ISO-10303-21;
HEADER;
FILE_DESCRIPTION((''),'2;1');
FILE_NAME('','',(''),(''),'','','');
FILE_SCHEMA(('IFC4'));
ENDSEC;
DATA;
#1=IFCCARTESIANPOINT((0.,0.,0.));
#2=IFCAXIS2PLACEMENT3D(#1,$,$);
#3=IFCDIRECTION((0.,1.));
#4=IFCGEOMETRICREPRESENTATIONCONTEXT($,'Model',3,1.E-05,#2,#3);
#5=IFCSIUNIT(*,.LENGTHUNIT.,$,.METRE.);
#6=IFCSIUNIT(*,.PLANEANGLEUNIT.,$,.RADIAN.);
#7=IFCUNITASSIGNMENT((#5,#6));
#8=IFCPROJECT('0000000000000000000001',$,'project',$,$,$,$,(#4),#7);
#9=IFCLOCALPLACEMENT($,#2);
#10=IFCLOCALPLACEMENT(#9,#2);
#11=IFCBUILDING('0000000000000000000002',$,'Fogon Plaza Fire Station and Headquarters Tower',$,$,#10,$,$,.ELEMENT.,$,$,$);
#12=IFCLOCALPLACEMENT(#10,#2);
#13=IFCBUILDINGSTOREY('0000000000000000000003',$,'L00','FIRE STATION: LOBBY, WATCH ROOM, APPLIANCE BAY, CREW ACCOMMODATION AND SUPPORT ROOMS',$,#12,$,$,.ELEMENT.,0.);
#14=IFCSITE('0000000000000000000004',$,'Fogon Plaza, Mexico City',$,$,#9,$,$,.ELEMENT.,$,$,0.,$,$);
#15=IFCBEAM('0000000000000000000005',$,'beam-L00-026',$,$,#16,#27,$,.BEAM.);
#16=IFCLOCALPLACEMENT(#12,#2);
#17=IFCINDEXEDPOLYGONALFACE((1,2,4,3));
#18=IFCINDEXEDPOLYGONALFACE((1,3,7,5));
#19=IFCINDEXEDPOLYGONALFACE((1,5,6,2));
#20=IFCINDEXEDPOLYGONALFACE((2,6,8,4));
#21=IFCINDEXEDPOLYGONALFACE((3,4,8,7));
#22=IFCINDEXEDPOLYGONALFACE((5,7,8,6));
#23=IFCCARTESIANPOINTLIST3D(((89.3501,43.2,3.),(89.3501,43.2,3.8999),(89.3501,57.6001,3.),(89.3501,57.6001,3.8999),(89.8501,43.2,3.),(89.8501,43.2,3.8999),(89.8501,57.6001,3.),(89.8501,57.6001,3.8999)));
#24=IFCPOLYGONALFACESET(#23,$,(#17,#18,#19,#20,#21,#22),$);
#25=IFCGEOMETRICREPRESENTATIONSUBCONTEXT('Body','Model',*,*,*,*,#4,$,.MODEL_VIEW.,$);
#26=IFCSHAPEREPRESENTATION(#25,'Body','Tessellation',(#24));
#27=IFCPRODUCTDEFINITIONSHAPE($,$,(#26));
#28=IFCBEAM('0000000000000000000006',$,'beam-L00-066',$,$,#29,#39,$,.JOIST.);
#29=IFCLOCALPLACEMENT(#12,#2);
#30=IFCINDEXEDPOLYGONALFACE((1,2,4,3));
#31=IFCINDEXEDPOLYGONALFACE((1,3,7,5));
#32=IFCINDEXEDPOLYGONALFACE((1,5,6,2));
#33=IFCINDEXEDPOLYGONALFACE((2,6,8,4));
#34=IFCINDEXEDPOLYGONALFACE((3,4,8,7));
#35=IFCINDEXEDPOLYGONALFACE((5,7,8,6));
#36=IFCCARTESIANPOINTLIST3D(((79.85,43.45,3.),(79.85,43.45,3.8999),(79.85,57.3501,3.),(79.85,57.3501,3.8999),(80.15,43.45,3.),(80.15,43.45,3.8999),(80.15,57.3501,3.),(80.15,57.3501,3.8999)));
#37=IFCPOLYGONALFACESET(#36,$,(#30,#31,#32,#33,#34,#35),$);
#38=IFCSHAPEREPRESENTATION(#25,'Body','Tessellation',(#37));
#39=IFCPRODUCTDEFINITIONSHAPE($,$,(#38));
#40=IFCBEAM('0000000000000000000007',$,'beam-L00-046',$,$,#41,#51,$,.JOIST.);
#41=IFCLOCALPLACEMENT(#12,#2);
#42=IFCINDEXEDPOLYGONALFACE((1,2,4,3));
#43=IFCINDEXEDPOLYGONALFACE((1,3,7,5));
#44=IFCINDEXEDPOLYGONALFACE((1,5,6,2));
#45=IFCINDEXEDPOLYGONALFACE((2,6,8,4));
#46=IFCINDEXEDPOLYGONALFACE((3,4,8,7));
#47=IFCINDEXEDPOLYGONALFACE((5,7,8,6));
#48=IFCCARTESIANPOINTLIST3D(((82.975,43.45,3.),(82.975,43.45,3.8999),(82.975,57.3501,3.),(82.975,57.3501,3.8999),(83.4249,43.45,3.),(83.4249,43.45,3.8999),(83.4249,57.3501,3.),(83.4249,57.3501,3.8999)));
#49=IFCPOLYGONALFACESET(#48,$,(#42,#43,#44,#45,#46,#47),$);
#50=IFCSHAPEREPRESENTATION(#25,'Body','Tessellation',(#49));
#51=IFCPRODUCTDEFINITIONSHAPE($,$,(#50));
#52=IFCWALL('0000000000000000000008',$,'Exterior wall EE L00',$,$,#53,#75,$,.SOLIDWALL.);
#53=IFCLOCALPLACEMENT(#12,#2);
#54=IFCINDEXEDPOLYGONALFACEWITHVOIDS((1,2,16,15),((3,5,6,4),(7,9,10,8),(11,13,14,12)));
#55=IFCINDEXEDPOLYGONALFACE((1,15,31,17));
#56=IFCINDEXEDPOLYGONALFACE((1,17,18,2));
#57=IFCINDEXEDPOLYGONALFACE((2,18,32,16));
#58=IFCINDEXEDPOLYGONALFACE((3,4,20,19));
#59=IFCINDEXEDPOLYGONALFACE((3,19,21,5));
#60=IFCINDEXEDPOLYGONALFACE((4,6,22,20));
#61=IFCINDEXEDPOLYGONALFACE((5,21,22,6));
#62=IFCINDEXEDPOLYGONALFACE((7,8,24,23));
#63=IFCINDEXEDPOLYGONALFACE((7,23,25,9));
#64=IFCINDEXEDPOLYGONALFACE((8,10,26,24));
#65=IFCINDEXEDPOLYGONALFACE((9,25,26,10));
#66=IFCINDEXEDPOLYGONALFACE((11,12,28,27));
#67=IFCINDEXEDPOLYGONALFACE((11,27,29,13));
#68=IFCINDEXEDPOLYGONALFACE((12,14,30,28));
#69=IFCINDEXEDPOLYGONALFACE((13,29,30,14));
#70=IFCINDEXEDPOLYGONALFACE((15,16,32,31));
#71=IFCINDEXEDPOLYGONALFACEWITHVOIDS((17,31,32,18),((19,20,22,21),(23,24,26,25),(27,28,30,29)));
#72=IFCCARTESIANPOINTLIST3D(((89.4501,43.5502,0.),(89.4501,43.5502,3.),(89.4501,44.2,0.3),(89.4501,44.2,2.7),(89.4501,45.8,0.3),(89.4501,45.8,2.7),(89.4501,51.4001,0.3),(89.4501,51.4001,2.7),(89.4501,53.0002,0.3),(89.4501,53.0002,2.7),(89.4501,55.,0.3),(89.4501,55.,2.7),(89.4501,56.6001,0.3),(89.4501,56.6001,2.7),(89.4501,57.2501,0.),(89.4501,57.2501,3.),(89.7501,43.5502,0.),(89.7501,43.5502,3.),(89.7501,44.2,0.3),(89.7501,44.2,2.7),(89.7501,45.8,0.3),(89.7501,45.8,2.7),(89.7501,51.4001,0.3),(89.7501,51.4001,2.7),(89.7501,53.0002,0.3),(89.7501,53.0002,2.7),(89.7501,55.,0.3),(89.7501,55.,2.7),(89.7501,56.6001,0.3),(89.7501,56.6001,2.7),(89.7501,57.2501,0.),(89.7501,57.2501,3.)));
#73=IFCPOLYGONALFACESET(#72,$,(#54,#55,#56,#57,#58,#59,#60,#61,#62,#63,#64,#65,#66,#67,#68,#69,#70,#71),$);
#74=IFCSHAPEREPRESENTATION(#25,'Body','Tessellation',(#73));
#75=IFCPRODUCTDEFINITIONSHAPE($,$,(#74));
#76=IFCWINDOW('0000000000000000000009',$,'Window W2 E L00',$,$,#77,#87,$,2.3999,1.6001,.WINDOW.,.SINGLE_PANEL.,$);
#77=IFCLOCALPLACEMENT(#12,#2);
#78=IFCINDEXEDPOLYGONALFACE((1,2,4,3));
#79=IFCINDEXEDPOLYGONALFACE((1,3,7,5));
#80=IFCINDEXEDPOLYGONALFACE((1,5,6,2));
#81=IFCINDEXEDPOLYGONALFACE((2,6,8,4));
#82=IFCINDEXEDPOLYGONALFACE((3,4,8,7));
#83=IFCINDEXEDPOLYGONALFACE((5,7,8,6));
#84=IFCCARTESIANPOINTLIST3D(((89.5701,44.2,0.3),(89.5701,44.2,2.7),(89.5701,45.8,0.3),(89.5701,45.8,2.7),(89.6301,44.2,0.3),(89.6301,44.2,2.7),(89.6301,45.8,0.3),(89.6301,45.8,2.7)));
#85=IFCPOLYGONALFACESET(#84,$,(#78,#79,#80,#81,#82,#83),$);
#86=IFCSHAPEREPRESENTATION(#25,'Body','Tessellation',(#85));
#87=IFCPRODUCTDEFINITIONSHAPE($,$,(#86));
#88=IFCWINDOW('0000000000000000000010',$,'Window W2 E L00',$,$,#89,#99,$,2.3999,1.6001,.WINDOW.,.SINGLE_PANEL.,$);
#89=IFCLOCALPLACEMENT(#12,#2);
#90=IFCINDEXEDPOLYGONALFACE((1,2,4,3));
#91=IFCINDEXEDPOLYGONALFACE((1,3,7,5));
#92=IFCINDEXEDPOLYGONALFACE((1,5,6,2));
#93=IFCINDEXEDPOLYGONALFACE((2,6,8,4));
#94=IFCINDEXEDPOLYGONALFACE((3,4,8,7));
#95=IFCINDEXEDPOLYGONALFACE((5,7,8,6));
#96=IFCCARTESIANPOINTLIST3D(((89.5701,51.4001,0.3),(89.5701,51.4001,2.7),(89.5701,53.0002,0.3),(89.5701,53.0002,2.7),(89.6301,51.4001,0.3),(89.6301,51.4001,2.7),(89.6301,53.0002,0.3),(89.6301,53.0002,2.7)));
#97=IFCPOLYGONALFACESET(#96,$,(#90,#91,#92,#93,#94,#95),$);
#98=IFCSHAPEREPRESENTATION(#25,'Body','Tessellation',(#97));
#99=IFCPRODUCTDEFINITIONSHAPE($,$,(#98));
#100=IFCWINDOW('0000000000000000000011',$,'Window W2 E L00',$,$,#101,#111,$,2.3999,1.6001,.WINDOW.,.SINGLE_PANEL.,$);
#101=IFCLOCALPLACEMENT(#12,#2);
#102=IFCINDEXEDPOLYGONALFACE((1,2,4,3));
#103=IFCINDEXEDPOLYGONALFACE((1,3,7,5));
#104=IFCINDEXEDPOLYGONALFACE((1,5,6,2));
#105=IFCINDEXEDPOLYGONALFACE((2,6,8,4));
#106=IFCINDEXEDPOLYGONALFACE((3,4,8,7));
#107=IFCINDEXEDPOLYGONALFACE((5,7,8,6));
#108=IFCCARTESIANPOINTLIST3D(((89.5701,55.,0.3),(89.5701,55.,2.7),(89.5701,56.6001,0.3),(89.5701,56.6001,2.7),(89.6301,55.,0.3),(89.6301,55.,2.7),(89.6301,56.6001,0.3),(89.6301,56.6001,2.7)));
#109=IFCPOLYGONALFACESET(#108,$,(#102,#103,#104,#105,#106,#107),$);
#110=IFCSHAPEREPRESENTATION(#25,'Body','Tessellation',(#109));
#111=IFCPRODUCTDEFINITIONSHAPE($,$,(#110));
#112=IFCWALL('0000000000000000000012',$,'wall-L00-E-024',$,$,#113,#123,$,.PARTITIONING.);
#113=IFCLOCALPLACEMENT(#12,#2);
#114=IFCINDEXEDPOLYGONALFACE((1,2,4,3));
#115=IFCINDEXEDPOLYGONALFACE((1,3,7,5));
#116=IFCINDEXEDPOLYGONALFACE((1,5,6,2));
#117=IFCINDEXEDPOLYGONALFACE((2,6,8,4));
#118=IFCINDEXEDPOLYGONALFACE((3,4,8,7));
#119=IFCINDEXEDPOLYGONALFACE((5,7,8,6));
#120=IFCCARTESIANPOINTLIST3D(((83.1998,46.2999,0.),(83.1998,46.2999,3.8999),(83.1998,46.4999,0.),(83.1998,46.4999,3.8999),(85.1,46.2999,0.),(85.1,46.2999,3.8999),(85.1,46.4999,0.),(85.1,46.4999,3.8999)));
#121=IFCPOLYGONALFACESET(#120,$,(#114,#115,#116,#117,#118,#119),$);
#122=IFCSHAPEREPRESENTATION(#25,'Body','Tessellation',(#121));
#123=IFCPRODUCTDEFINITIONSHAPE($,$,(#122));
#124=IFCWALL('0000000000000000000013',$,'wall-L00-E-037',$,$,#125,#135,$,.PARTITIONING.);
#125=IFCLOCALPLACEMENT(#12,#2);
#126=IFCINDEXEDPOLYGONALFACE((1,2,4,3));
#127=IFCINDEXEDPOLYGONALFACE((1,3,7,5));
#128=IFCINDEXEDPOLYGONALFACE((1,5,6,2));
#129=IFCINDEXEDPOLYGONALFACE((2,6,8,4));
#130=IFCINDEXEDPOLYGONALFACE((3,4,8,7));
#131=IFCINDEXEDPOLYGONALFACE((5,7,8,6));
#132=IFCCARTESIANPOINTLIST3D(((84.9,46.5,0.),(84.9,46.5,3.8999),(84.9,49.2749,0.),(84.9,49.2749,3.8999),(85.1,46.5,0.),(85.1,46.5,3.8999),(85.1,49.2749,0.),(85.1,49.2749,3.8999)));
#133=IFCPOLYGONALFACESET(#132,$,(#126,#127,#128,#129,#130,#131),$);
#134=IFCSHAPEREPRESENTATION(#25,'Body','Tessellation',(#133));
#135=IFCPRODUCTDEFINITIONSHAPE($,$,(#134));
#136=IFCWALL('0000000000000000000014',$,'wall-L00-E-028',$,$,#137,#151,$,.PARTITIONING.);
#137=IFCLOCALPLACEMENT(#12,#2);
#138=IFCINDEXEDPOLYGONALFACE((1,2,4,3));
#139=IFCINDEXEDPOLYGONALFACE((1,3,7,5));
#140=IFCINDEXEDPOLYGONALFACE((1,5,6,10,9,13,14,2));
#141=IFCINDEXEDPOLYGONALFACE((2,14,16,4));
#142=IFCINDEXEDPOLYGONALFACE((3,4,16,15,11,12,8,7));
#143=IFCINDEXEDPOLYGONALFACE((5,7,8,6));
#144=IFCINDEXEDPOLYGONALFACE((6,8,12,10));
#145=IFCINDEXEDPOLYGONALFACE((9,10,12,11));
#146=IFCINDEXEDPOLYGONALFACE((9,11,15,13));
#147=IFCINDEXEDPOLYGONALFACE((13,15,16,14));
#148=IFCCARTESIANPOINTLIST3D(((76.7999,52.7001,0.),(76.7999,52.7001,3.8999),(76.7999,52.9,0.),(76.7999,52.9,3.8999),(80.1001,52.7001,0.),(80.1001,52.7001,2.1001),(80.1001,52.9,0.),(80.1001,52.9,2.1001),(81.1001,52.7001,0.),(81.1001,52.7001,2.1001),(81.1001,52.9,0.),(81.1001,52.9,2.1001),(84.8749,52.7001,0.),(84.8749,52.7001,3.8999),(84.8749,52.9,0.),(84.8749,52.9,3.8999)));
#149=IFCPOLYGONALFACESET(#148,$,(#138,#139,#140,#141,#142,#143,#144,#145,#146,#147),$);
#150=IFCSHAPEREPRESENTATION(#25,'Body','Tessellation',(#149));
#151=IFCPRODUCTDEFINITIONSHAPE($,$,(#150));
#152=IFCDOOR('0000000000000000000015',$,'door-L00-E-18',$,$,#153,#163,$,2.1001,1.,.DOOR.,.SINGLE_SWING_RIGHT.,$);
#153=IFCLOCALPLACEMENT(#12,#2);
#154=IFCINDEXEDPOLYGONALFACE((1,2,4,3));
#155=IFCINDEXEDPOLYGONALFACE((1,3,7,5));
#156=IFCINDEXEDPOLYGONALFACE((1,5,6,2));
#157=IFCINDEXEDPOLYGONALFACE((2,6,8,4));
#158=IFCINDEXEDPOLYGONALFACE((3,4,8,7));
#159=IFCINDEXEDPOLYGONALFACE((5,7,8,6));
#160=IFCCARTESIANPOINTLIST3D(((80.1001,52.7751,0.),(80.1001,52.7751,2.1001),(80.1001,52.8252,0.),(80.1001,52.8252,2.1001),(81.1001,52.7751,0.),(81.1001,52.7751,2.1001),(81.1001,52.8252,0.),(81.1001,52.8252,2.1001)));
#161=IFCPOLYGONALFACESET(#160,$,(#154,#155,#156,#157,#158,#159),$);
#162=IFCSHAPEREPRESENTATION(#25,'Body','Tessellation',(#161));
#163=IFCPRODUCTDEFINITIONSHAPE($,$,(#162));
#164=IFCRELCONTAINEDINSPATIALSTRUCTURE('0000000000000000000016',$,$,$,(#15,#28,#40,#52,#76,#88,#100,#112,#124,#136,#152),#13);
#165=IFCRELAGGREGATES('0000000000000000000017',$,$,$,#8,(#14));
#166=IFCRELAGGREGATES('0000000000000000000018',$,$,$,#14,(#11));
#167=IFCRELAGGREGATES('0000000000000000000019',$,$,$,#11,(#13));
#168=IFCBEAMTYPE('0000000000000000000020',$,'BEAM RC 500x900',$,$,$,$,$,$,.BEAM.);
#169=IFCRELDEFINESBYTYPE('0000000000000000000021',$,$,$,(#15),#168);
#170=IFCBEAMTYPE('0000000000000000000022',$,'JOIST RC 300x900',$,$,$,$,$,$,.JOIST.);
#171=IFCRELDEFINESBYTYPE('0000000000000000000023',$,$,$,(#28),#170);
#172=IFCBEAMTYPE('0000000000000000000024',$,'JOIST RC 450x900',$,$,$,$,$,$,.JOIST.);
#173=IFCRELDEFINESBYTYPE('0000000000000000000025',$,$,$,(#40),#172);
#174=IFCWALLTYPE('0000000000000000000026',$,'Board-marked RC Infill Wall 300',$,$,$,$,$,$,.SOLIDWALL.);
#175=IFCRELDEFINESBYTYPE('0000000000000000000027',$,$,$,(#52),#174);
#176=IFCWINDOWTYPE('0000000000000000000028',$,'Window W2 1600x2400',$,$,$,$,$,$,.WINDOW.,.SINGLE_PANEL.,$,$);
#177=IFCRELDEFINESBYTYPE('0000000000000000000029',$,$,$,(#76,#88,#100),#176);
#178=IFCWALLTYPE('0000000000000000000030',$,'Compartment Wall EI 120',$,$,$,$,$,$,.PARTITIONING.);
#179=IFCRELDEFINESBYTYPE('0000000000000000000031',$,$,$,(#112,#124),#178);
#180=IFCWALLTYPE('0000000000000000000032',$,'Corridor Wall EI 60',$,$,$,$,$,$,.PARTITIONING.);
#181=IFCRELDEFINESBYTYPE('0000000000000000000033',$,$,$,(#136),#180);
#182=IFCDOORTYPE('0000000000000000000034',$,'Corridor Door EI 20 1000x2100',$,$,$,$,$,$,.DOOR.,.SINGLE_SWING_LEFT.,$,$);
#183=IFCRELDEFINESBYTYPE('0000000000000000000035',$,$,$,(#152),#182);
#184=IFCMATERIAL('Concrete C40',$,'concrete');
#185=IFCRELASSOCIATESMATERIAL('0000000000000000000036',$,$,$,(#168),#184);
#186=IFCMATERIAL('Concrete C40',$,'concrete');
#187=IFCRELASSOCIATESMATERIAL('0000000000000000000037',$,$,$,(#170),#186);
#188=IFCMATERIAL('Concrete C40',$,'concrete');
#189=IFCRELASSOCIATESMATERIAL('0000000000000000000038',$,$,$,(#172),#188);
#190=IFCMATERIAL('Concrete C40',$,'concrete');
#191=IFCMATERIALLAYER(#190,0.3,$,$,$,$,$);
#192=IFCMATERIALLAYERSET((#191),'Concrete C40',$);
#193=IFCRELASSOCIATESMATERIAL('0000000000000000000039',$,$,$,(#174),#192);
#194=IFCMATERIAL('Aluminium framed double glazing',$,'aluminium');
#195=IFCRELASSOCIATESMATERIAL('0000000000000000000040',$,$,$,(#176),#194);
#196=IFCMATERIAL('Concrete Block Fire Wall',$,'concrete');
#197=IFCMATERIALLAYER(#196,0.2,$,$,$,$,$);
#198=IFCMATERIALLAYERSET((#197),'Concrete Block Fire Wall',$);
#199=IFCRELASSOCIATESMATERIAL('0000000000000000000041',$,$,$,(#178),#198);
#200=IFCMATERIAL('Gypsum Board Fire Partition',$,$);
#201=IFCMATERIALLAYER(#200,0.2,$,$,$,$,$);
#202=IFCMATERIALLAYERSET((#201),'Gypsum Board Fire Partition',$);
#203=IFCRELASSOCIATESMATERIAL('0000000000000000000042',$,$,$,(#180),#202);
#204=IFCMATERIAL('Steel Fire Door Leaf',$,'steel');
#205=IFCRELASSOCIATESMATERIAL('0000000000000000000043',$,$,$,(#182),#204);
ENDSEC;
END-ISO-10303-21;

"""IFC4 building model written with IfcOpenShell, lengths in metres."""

from ifc_helpers import new_model, si_unit, direction, frame, frame_2d, origin, origin_2d, place, context, subcontext, project, spatial, rectangle, extrude, material, layer, layer_set, material_profile, profile_set, type_object, element, fill, save


model = new_model("IFC4")

# Units and contexts
model_context = context("Model", 3, precision=1e-05, world=origin(), true_north=direction((0.0, 1.0)))
body_context = subcontext(model_context, "Body", "Model", "MODEL_VIEW")
ifc_project = project(units=[si_unit("LENGTHUNIT", "METRE"), si_unit("PLANEANGLEUNIT", "RADIAN")], contexts=[model_context])

# Site, building, storey
site_placement = place(None, origin())
site = spatial("IfcSite", under=ifc_project, at=site_placement, Name="Fogon Plaza, Mexico City", CompositionType="ELEMENT", RefElevation=0.0)
building_placement = place(site_placement, origin())
building = spatial("IfcBuilding", under=site, at=building_placement, Name="Fogon Plaza Fire Station and Headquarters Tower", CompositionType="ELEMENT")
storey_placement = place(building_placement, origin())
storey = spatial("IfcBuildingStorey", under=building, at=storey_placement, Name="L00", Description="FIRE STATION: LOBBY, WATCH ROOM, APPLIANCE BAY, CREW ACCOMMODATION AND SUPPORT ROOMS", CompositionType="ELEMENT", Elevation=0.0)

# Beams
ifc_material_1 = material(Name="Concrete C40", Category="concrete")
ifc_material_profile_1 = material_profile(ifc_material_1, rectangle(XDim=0.5, YDim=0.8999, at=origin_2d()), Name="RC 500x900")
ifc_profile_set_1 = profile_set([ifc_material_profile_1], Name="Concrete C40")
beam_type_1 = type_object("IfcBeamType", Name="BEAM RC 500x900", PredefinedType="BEAM", material=ifc_profile_set_1)
beam_1_placement = place(storey_placement, frame((89.6001, 43.2, 3.45), z_axis=(0.0, 1.0, 0.0), x_axis=(-1.0, 0.0, 0.0)))
element("IfcBeam", 1, at=beam_1_placement, inside=storey, type_object=beam_type_1, Name="beam-L00-026", PredefinedType="BEAM", context=body_context, shape_type="SweptSolid", body=[
    extrude(rectangle(XDim=0.5, YDim=0.8999, at=origin_2d()), origin(), (0.0, 0.0, 1.0), 14.4001),
])
ifc_material_2 = material(Name="Concrete C40", Category="concrete")
ifc_material_profile_2 = material_profile(ifc_material_2, rectangle(XDim=0.3, YDim=0.8999, at=origin_2d()), Name="RC 300x900")
ifc_profile_set_2 = profile_set([ifc_material_profile_2], Name="Concrete C40")
beam_type_2 = type_object("IfcBeamType", Name="JOIST RC 300x900", PredefinedType="JOIST", material=ifc_profile_set_2)
beam_2_placement = place(storey_placement, frame((80.0, 43.45, 3.45), z_axis=(0.0, 1.0, 0.0), x_axis=(-1.0, 0.0, 0.0)))
element("IfcBeam", 2, at=beam_2_placement, inside=storey, type_object=beam_type_2, Name="beam-L00-066", PredefinedType="JOIST", context=body_context, shape_type="SweptSolid", body=[
    extrude(rectangle(XDim=0.3, YDim=0.8999, at=origin_2d()), origin(), (0.0, 0.0, 1.0), 13.9001),
])
ifc_material_3 = material(Name="Concrete C40", Category="concrete")
ifc_material_profile_3 = material_profile(ifc_material_3, rectangle(XDim=0.45, YDim=0.8999, at=origin_2d()), Name="RC 450x900")
ifc_profile_set_3 = profile_set([ifc_material_profile_3], Name="Concrete C40")
beam_type_3 = type_object("IfcBeamType", Name="JOIST RC 450x900", PredefinedType="JOIST", material=ifc_profile_set_3)
beam_3_placement = place(storey_placement, frame((83.2, 43.45, 3.45), z_axis=(0.0, 1.0, 0.0), x_axis=(-1.0, 0.0, 0.0)))
element("IfcBeam", 3, at=beam_3_placement, inside=storey, type_object=beam_type_3, Name="beam-L00-046", PredefinedType="JOIST", context=body_context, shape_type="SweptSolid", body=[
    extrude(rectangle(XDim=0.45, YDim=0.8999, at=origin_2d()), origin(), (0.0, 0.0, 1.0), 13.9001),
])

# Wall, openings, windows
ifc_material_4 = material(Name="Concrete C40", Category="concrete")
ifc_layer_1 = layer(ifc_material_4, 0.3)
ifc_layer_set_1 = layer_set([ifc_layer_1], Name="Concrete C40")
wall_type_1 = type_object("IfcWallType", Name="Board-marked RC Infill Wall 300", PredefinedType="SOLIDWALL", material=ifc_layer_set_1)
wall_1_placement = place(storey_placement, frame((89.6001, 43.55, 0.0), z_axis=(0.0, 0.0, 1.0), x_axis=(0.0, 1.0, 0.0)))
wall_1 = element("IfcWall", 4, at=wall_1_placement, inside=storey, type_object=wall_type_1, Name="Exterior wall EE L00", PredefinedType="SOLIDWALL", context=body_context, shape_type="SweptSolid", body=[
    extrude(rectangle(XDim=13.7, YDim=0.3, at=frame_2d((6.8501, 0.0))), origin(), (0.0, 0.0, 1.0), 3.0),
])
opening_1_placement = place(wall_1_placement, frame((0.6499, 0.0, 0.3)))
opening_1 = element("IfcOpeningElement", 5, at=opening_1_placement, cuts=wall_1, PredefinedType="OPENING", context=body_context, shape_type="SweptSolid", body=[
    extrude(rectangle(XDim=1.6001, YDim=2.3999, at=frame_2d((0.8, 1.2))), frame((0.0, 0.1599, 0.0), z_axis=(0.0, -1.0, 0.0), x_axis=(1.0, 0.0, 0.0)), (0.0, 0.0, 1.0), 0.3201),
])
opening_2_placement = place(wall_1_placement, frame((7.8501, 0.0, 0.3)))
opening_2 = element("IfcOpeningElement", 6, at=opening_2_placement, cuts=wall_1, PredefinedType="OPENING", context=body_context, shape_type="SweptSolid", body=[
    extrude(rectangle(XDim=1.6001, YDim=2.3999, at=frame_2d((0.8, 1.2))), frame((0.0, 0.1599, 0.0), z_axis=(0.0, -1.0, 0.0), x_axis=(1.0, 0.0, 0.0)), (0.0, 0.0, 1.0), 0.3201),
])
opening_3_placement = place(wall_1_placement, frame((11.45, 0.0, 0.3)))
opening_3 = element("IfcOpeningElement", 7, at=opening_3_placement, cuts=wall_1, PredefinedType="OPENING", context=body_context, shape_type="SweptSolid", body=[
    extrude(rectangle(XDim=1.6001, YDim=2.3999, at=frame_2d((0.8, 1.2))), frame((0.0, 0.1599, 0.0), z_axis=(0.0, -1.0, 0.0), x_axis=(1.0, 0.0, 0.0)), (0.0, 0.0, 1.0), 0.3201),
])
ifc_material_5 = material(Name="Aluminium framed double glazing", Category="aluminium")
window_type = type_object("IfcWindowType", Name="Window W2 1600x2400", PartitioningType="SINGLE_PANEL", PredefinedType="WINDOW", material=ifc_material_5)
window_1_placement = place(opening_1_placement, origin())
window_1 = element("IfcWindow", 8, at=window_1_placement, inside=storey, type_object=window_type, Name="Window W2 E L00", OverallHeight=2.3999, OverallWidth=1.6001, PartitioningType="SINGLE_PANEL", PredefinedType="WINDOW", context=body_context, shape_type="SweptSolid", body=[
    extrude(rectangle(XDim=1.6001, YDim=2.3999, at=frame_2d((0.8, 1.2))), frame((0.0, 0.03, 0.0), z_axis=(0.0, -1.0, 0.0), x_axis=(1.0, 0.0, 0.0)), (0.0, 0.0, 1.0), 0.0601),
])
fill(opening_1, window_1)
window_2_placement = place(opening_2_placement, origin())
window_2 = element("IfcWindow", 9, at=window_2_placement, inside=storey, type_object=window_type, Name="Window W2 E L00", OverallHeight=2.3999, OverallWidth=1.6001, PartitioningType="SINGLE_PANEL", PredefinedType="WINDOW", context=body_context, shape_type="SweptSolid", body=[
    extrude(rectangle(XDim=1.6001, YDim=2.3999, at=frame_2d((0.8, 1.2))), frame((0.0, 0.03, 0.0), z_axis=(0.0, -1.0, 0.0), x_axis=(1.0, 0.0, 0.0)), (0.0, 0.0, 1.0), 0.0601),
])
fill(opening_2, window_2)
window_3_placement = place(opening_3_placement, origin())
window_3 = element("IfcWindow", 10, at=window_3_placement, inside=storey, type_object=window_type, Name="Window W2 E L00", OverallHeight=2.3999, OverallWidth=1.6001, PartitioningType="SINGLE_PANEL", PredefinedType="WINDOW", context=body_context, shape_type="SweptSolid", body=[
    extrude(rectangle(XDim=1.6001, YDim=2.3999, at=frame_2d((0.8, 1.2))), frame((0.0, 0.03, 0.0), z_axis=(0.0, -1.0, 0.0), x_axis=(1.0, 0.0, 0.0)), (0.0, 0.0, 1.0), 0.0601),
])
fill(opening_3, window_3)

# Walls
ifc_material_6 = material(Name="Concrete Block Fire Wall", Category="concrete")
ifc_layer_2 = layer(ifc_material_6, 0.2)
ifc_layer_set_2 = layer_set([ifc_layer_2], Name="Concrete Block Fire Wall")
wall_type_2 = type_object("IfcWallType", Name="Compartment Wall EI 120", PredefinedType="PARTITIONING", material=ifc_layer_set_2)
wall_2_placement = place(storey_placement, frame((85.1001, 46.3999, 0.0), z_axis=(0.0, 0.0, 1.0), x_axis=(-1.0, 0.0, 0.0)))
element("IfcWall", 11, at=wall_2_placement, inside=storey, type_object=wall_type_2, Name="wall-L00-E-024", PredefinedType="PARTITIONING", context=body_context, shape_type="SweptSolid", body=[
    extrude(rectangle(XDim=1.9001, YDim=0.2, at=frame_2d((0.9502, 0.0))), origin(), (0.0, 0.0, 1.0), 3.8999),
])
wall_3_placement = place(storey_placement, frame((85.0, 46.5, 0.0), z_axis=(0.0, 0.0, 1.0), x_axis=(0.0, 1.0, 0.0)))
element("IfcWall", 12, at=wall_3_placement, inside=storey, type_object=wall_type_2, Name="wall-L00-E-037", PredefinedType="PARTITIONING", context=body_context, shape_type="SweptSolid", body=[
    extrude(rectangle(XDim=2.7749, YDim=0.2, at=frame_2d((1.3875, 0.0))), origin(), (0.0, 0.0, 1.0), 3.8999),
])

# Wall, opening, door
ifc_material_7 = material(Name="Gypsum Board Fire Partition")
ifc_layer_3 = layer(ifc_material_7, 0.2)
ifc_layer_set_3 = layer_set([ifc_layer_3], Name="Gypsum Board Fire Partition")
wall_type_3 = type_object("IfcWallType", Name="Corridor Wall EI 60", PredefinedType="PARTITIONING", material=ifc_layer_set_3)
wall_4_placement = place(storey_placement, frame((84.875, 52.8, 0.0), z_axis=(0.0, 0.0, 1.0), x_axis=(-1.0, 0.0, 0.0)))
wall_4 = element("IfcWall", 13, at=wall_4_placement, inside=storey, type_object=wall_type_3, Name="wall-L00-E-028", PredefinedType="PARTITIONING", context=body_context, shape_type="SweptSolid", body=[
    extrude(rectangle(XDim=8.075, YDim=0.2, at=frame_2d((4.0376, 0.0))), origin(), (0.0, 0.0, 1.0), 3.8999),
])
opening_4_placement = place(wall_4_placement, frame((3.7749, 0.0, 0.0)))
opening_4 = element("IfcOpeningElement", 14, at=opening_4_placement, cuts=wall_4, PredefinedType="OPENING", context=body_context, shape_type="SweptSolid", body=[
    extrude(rectangle(XDim=1.0, YDim=2.1001, at=frame_2d((0.5, 1.05))), frame((0.0, 0.1099, 0.0), z_axis=(0.0, -1.0, 0.0), x_axis=(1.0, 0.0, 0.0)), (0.0, 0.0, 1.0), 0.22),
])
ifc_material_8 = material(Name="Steel Fire Door Leaf", Category="steel")
door_type = type_object("IfcDoorType", Name="Corridor Door EI 20 1000x2100", OperationType="SINGLE_SWING_LEFT", PredefinedType="DOOR", material=ifc_material_8)
door_placement = place(opening_4_placement, origin())
door = element("IfcDoor", 15, at=door_placement, inside=storey, type_object=door_type, Name="door-L00-E-18", OperationType="SINGLE_SWING_RIGHT", OverallHeight=2.1001, OverallWidth=1.0, PredefinedType="DOOR", context=body_context, shape_type="SweptSolid", body=[
    extrude(rectangle(XDim=1.0, YDim=2.1001, at=frame_2d((0.5, 1.05))), frame((0.0, 0.0249, 0.0), z_axis=(0.0, -1.0, 0.0), x_axis=(1.0, 0.0, 0.0)), (0.0, 0.0, 1.0), 0.05),
])
fill(opening_4, door)

save(model, "model.ifc")
